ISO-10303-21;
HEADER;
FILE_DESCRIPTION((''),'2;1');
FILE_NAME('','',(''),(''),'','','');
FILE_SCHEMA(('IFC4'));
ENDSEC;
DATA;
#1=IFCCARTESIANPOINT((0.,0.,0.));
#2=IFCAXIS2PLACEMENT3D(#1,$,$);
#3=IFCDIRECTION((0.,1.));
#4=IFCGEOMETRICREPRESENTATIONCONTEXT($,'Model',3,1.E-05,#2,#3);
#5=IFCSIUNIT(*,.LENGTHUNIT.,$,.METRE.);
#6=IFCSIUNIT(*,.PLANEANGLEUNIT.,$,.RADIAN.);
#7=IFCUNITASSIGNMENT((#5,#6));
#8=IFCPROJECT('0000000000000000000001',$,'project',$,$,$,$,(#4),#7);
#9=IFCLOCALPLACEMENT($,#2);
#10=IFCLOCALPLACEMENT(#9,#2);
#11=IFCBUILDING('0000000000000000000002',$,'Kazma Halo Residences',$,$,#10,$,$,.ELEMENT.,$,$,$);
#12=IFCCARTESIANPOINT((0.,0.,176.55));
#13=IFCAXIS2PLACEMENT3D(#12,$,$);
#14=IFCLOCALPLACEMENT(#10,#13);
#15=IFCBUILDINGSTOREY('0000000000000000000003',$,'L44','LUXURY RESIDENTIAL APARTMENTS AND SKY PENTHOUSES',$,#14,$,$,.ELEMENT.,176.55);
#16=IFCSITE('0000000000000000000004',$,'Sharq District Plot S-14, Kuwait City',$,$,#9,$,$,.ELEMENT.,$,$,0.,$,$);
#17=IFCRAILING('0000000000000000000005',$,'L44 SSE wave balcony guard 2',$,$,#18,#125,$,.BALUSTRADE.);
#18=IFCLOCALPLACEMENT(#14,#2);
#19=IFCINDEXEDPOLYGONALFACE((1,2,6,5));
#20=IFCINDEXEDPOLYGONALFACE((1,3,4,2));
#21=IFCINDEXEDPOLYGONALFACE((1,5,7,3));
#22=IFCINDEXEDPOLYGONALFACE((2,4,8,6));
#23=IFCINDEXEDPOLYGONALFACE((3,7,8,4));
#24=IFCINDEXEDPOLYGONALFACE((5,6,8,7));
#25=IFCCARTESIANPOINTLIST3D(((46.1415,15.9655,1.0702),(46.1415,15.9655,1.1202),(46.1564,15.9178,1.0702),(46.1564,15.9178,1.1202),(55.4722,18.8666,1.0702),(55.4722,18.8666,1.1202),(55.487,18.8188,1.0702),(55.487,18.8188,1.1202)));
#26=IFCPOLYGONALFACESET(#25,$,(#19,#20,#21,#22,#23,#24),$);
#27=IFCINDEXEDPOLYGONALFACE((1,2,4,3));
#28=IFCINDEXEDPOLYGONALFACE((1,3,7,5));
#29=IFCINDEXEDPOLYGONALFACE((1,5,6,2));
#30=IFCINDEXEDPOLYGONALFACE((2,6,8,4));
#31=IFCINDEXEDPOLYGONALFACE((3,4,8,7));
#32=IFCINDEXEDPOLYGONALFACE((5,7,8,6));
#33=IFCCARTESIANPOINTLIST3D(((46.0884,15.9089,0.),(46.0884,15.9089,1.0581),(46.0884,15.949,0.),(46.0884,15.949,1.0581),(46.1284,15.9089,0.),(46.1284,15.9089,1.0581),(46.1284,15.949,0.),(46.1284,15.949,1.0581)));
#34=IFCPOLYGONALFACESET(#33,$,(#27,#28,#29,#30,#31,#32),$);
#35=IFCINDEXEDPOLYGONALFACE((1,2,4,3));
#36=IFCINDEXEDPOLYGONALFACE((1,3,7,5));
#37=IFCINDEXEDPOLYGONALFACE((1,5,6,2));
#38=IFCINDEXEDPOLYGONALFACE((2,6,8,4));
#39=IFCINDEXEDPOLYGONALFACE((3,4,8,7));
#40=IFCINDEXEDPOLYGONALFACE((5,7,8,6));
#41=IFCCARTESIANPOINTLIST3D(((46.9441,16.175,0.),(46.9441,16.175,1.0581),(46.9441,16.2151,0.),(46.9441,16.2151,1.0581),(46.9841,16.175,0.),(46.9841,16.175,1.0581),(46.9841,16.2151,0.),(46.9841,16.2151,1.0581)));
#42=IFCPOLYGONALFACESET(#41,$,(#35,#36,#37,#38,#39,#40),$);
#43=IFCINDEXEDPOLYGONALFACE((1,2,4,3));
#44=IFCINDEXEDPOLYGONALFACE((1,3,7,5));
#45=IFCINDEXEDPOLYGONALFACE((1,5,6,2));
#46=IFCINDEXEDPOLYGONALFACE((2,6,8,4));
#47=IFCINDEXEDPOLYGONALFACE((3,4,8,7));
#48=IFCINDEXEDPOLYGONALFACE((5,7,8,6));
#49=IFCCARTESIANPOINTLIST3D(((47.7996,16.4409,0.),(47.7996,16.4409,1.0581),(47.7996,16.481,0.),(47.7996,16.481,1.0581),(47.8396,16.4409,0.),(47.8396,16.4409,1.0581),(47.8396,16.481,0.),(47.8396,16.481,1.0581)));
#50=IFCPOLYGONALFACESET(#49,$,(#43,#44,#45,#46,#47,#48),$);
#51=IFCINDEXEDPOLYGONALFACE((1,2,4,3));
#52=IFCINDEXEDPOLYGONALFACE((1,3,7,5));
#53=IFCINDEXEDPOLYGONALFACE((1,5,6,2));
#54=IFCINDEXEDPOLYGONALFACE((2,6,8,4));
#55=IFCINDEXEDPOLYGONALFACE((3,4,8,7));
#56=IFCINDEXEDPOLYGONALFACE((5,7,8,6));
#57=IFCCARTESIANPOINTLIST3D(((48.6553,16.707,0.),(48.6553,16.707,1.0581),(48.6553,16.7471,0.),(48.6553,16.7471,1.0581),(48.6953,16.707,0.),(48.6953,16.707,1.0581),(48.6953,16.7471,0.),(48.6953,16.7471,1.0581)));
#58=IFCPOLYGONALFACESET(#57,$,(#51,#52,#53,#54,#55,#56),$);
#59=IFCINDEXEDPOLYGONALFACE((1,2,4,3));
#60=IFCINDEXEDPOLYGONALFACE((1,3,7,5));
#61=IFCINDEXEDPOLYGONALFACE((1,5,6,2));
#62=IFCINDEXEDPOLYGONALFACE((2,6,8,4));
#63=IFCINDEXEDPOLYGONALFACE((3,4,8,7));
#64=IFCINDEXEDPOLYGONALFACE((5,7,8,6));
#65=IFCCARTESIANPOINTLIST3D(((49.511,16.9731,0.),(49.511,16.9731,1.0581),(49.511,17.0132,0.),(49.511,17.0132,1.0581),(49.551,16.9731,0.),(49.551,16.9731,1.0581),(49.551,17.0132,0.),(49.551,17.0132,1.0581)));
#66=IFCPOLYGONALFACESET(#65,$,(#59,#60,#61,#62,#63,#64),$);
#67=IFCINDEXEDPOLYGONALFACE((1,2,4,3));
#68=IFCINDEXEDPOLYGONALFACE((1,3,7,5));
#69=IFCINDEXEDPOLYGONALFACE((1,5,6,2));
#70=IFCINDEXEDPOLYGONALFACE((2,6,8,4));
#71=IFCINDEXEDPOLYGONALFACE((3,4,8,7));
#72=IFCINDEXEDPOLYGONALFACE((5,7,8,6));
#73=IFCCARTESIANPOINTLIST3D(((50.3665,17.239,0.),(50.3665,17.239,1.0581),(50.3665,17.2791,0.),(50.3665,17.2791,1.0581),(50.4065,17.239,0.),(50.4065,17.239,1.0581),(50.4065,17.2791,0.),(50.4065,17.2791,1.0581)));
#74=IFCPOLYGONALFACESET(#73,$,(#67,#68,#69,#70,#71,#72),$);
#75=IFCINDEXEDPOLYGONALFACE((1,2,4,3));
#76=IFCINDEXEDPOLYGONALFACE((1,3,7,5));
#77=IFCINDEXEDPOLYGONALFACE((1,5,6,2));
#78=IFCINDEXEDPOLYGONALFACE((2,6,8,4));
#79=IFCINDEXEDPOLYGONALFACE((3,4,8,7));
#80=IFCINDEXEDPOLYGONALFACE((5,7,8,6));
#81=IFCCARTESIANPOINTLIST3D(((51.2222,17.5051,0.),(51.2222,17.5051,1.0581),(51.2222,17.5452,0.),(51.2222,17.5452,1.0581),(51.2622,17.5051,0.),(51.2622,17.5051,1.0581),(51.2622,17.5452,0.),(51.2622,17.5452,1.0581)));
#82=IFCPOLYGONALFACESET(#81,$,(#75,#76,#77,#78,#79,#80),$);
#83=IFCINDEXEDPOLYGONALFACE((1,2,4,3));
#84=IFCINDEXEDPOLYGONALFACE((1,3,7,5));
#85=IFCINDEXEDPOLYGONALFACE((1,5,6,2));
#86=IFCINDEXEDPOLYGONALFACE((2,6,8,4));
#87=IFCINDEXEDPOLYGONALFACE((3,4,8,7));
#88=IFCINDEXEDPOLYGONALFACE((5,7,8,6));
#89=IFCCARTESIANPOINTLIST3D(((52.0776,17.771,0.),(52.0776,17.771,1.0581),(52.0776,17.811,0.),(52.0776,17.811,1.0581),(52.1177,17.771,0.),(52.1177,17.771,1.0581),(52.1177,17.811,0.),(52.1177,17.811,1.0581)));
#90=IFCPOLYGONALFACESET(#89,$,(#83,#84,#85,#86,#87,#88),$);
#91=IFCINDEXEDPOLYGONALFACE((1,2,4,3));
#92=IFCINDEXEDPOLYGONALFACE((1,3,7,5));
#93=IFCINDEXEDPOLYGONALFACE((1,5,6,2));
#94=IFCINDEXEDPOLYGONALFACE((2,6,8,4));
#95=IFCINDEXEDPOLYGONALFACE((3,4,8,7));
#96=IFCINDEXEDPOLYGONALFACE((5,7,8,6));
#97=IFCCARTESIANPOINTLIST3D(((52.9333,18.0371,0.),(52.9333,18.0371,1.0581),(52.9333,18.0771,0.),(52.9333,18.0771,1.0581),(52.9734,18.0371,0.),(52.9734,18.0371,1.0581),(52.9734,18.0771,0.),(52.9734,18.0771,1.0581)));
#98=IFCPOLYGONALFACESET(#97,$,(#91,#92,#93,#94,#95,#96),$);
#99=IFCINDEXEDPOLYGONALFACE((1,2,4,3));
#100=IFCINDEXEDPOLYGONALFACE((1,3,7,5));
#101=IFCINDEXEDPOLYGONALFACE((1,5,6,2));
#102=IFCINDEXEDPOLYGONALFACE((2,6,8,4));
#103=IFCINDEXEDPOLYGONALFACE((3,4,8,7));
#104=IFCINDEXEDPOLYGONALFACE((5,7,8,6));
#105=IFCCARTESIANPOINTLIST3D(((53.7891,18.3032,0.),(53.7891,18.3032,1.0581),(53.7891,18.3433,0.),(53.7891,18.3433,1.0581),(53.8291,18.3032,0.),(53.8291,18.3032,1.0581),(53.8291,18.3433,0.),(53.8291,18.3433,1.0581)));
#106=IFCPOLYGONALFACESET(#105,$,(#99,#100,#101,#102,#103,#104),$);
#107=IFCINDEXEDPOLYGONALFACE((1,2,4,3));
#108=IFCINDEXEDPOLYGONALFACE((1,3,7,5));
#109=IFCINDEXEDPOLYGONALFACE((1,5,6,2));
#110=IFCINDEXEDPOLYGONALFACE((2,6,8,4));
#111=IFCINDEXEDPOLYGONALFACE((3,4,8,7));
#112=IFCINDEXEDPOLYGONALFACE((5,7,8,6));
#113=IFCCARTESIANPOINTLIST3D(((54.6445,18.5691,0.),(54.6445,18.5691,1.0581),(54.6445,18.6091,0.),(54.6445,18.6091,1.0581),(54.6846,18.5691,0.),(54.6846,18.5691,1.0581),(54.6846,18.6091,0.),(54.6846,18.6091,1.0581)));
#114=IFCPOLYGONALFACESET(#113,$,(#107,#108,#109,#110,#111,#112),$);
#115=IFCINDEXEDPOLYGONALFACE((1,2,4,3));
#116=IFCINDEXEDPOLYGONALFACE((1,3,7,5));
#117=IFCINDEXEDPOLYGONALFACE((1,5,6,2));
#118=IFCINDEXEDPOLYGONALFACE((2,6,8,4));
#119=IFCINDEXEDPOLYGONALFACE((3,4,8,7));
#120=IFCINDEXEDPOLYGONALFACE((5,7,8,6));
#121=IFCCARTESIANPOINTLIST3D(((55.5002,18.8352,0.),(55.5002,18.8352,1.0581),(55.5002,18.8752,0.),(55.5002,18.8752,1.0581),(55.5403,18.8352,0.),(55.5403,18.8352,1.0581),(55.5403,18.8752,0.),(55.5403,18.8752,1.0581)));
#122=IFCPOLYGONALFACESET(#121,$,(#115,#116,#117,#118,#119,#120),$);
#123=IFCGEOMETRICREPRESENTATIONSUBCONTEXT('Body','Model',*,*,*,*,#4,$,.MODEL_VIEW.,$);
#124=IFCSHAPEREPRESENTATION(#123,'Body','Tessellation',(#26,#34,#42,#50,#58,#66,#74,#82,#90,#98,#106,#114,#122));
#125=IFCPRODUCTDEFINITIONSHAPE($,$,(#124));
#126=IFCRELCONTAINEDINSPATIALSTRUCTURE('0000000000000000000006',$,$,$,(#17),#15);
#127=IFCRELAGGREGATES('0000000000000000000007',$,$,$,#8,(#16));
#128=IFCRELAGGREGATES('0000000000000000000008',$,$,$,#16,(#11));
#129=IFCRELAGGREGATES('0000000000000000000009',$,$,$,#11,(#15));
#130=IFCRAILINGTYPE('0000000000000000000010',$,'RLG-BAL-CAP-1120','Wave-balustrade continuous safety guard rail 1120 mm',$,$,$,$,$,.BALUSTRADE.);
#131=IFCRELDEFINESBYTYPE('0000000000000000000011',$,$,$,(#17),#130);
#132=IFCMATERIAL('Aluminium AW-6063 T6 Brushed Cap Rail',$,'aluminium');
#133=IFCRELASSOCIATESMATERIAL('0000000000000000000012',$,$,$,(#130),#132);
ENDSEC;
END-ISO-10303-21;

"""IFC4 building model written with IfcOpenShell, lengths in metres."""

from ifc_helpers import new_model, si_unit, direction, frame, origin, origin_2d, place, context, subcontext, project, spatial, rectangle, extrude, material, type_object, element, save


model = new_model("IFC4")

# Units and contexts
model_context = context("Model", 3, precision=1e-05, world=origin(), true_north=direction((0.0, 1.0)))
body_context = subcontext(model_context, "Body", "Model", "MODEL_VIEW")
ifc_project = project(units=[si_unit("LENGTHUNIT", "METRE"), si_unit("PLANEANGLEUNIT", "RADIAN")], contexts=[model_context])

# Site, building, storey
site_placement = place(None, origin())
site = spatial("IfcSite", under=ifc_project, at=site_placement, Name="Sharq District Plot S-14, Kuwait City", CompositionType="ELEMENT", RefElevation=0.0)
building_placement = place(site_placement, origin())
building = spatial("IfcBuilding", under=site, at=building_placement, Name="Kazma Halo Residences", CompositionType="ELEMENT")
storey_placement = place(building_placement, frame((0.0, 0.0, 176.55)))
storey = spatial("IfcBuildingStorey", under=building, at=storey_placement, Name="L44", Description="LUXURY RESIDENTIAL APARTMENTS AND SKY PENTHOUSES", CompositionType="ELEMENT", Elevation=176.55)

# Railing
ifc_material_1 = material(Name="Aluminium AW-6063 T6 Brushed Cap Rail", Category="aluminium")
railing_type = type_object("IfcRailingType", Name="RLG-BAL-CAP-1120", Description="Wave-balustrade continuous safety guard rail 1120 mm", PredefinedType="BALUSTRADE", material=ifc_material_1)
railing_1_placement = place(storey_placement, frame((46.1084, 15.929, 0.0)))
element("IfcRailing", 1, at=railing_1_placement, inside=storey, type_object=railing_type, Name="L44 SSE wave balcony guard 2", PredefinedType="BALUSTRADE", context=body_context, shape_type="SweptSolid", body=[
    extrude(rectangle(XDim=0.05, YDim=0.05, at=origin_2d()), frame((0.0405, 0.0127, 1.0952), z_axis=(0.95491, 0.296894, 0.0), x_axis=(-0.296894, 0.95491, 0.0)), (0.0, 0.0, 1.0), 9.7712),
    extrude(rectangle(XDim=0.04, YDim=0.04, at=origin_2d()), origin(), (0.0, 0.0, 1.0), 1.0581),
    extrude(rectangle(XDim=0.04, YDim=0.04, at=origin_2d()), frame((0.8557, 0.2661, 0.0)), (0.0, 0.0, 1.0), 1.0581),
    extrude(rectangle(XDim=0.04, YDim=0.04, at=origin_2d()), frame((1.7112, 0.532, 0.0)), (0.0, 0.0, 1.0), 1.0581),
    extrude(rectangle(XDim=0.04, YDim=0.04, at=origin_2d()), frame((2.5669, 0.7981, 0.0)), (0.0, 0.0, 1.0), 1.0581),
    extrude(rectangle(XDim=0.04, YDim=0.04, at=origin_2d()), frame((3.4226, 1.0642, 0.0)), (0.0, 0.0, 1.0), 1.0581),
    extrude(rectangle(XDim=0.04, YDim=0.04, at=origin_2d()), frame((4.2781, 1.3301, 0.0)), (0.0, 0.0, 1.0), 1.0581),
    extrude(rectangle(XDim=0.04, YDim=0.04, at=origin_2d()), frame((5.1338, 1.5962, 0.0)), (0.0, 0.0, 1.0), 1.0581),
    extrude(rectangle(XDim=0.04, YDim=0.04, at=origin_2d()), frame((5.9893, 1.8621, 0.0)), (0.0, 0.0, 1.0), 1.0581),
    extrude(rectangle(XDim=0.04, YDim=0.04, at=origin_2d()), frame((6.845, 2.1282, 0.0)), (0.0, 0.0, 1.0), 1.0581),
    extrude(rectangle(XDim=0.04, YDim=0.04, at=origin_2d()), frame((7.7007, 2.3943, 0.0)), (0.0, 0.0, 1.0), 1.0581),
    extrude(rectangle(XDim=0.04, YDim=0.04, at=origin_2d()), frame((8.5562, 2.6602, 0.0)), (0.0, 0.0, 1.0), 1.0581),
    extrude(rectangle(XDim=0.04, YDim=0.04, at=origin_2d()), frame((9.4119, 2.9263, 0.0)), (0.0, 0.0, 1.0), 1.0581),
])

save(model, "model.ifc")
